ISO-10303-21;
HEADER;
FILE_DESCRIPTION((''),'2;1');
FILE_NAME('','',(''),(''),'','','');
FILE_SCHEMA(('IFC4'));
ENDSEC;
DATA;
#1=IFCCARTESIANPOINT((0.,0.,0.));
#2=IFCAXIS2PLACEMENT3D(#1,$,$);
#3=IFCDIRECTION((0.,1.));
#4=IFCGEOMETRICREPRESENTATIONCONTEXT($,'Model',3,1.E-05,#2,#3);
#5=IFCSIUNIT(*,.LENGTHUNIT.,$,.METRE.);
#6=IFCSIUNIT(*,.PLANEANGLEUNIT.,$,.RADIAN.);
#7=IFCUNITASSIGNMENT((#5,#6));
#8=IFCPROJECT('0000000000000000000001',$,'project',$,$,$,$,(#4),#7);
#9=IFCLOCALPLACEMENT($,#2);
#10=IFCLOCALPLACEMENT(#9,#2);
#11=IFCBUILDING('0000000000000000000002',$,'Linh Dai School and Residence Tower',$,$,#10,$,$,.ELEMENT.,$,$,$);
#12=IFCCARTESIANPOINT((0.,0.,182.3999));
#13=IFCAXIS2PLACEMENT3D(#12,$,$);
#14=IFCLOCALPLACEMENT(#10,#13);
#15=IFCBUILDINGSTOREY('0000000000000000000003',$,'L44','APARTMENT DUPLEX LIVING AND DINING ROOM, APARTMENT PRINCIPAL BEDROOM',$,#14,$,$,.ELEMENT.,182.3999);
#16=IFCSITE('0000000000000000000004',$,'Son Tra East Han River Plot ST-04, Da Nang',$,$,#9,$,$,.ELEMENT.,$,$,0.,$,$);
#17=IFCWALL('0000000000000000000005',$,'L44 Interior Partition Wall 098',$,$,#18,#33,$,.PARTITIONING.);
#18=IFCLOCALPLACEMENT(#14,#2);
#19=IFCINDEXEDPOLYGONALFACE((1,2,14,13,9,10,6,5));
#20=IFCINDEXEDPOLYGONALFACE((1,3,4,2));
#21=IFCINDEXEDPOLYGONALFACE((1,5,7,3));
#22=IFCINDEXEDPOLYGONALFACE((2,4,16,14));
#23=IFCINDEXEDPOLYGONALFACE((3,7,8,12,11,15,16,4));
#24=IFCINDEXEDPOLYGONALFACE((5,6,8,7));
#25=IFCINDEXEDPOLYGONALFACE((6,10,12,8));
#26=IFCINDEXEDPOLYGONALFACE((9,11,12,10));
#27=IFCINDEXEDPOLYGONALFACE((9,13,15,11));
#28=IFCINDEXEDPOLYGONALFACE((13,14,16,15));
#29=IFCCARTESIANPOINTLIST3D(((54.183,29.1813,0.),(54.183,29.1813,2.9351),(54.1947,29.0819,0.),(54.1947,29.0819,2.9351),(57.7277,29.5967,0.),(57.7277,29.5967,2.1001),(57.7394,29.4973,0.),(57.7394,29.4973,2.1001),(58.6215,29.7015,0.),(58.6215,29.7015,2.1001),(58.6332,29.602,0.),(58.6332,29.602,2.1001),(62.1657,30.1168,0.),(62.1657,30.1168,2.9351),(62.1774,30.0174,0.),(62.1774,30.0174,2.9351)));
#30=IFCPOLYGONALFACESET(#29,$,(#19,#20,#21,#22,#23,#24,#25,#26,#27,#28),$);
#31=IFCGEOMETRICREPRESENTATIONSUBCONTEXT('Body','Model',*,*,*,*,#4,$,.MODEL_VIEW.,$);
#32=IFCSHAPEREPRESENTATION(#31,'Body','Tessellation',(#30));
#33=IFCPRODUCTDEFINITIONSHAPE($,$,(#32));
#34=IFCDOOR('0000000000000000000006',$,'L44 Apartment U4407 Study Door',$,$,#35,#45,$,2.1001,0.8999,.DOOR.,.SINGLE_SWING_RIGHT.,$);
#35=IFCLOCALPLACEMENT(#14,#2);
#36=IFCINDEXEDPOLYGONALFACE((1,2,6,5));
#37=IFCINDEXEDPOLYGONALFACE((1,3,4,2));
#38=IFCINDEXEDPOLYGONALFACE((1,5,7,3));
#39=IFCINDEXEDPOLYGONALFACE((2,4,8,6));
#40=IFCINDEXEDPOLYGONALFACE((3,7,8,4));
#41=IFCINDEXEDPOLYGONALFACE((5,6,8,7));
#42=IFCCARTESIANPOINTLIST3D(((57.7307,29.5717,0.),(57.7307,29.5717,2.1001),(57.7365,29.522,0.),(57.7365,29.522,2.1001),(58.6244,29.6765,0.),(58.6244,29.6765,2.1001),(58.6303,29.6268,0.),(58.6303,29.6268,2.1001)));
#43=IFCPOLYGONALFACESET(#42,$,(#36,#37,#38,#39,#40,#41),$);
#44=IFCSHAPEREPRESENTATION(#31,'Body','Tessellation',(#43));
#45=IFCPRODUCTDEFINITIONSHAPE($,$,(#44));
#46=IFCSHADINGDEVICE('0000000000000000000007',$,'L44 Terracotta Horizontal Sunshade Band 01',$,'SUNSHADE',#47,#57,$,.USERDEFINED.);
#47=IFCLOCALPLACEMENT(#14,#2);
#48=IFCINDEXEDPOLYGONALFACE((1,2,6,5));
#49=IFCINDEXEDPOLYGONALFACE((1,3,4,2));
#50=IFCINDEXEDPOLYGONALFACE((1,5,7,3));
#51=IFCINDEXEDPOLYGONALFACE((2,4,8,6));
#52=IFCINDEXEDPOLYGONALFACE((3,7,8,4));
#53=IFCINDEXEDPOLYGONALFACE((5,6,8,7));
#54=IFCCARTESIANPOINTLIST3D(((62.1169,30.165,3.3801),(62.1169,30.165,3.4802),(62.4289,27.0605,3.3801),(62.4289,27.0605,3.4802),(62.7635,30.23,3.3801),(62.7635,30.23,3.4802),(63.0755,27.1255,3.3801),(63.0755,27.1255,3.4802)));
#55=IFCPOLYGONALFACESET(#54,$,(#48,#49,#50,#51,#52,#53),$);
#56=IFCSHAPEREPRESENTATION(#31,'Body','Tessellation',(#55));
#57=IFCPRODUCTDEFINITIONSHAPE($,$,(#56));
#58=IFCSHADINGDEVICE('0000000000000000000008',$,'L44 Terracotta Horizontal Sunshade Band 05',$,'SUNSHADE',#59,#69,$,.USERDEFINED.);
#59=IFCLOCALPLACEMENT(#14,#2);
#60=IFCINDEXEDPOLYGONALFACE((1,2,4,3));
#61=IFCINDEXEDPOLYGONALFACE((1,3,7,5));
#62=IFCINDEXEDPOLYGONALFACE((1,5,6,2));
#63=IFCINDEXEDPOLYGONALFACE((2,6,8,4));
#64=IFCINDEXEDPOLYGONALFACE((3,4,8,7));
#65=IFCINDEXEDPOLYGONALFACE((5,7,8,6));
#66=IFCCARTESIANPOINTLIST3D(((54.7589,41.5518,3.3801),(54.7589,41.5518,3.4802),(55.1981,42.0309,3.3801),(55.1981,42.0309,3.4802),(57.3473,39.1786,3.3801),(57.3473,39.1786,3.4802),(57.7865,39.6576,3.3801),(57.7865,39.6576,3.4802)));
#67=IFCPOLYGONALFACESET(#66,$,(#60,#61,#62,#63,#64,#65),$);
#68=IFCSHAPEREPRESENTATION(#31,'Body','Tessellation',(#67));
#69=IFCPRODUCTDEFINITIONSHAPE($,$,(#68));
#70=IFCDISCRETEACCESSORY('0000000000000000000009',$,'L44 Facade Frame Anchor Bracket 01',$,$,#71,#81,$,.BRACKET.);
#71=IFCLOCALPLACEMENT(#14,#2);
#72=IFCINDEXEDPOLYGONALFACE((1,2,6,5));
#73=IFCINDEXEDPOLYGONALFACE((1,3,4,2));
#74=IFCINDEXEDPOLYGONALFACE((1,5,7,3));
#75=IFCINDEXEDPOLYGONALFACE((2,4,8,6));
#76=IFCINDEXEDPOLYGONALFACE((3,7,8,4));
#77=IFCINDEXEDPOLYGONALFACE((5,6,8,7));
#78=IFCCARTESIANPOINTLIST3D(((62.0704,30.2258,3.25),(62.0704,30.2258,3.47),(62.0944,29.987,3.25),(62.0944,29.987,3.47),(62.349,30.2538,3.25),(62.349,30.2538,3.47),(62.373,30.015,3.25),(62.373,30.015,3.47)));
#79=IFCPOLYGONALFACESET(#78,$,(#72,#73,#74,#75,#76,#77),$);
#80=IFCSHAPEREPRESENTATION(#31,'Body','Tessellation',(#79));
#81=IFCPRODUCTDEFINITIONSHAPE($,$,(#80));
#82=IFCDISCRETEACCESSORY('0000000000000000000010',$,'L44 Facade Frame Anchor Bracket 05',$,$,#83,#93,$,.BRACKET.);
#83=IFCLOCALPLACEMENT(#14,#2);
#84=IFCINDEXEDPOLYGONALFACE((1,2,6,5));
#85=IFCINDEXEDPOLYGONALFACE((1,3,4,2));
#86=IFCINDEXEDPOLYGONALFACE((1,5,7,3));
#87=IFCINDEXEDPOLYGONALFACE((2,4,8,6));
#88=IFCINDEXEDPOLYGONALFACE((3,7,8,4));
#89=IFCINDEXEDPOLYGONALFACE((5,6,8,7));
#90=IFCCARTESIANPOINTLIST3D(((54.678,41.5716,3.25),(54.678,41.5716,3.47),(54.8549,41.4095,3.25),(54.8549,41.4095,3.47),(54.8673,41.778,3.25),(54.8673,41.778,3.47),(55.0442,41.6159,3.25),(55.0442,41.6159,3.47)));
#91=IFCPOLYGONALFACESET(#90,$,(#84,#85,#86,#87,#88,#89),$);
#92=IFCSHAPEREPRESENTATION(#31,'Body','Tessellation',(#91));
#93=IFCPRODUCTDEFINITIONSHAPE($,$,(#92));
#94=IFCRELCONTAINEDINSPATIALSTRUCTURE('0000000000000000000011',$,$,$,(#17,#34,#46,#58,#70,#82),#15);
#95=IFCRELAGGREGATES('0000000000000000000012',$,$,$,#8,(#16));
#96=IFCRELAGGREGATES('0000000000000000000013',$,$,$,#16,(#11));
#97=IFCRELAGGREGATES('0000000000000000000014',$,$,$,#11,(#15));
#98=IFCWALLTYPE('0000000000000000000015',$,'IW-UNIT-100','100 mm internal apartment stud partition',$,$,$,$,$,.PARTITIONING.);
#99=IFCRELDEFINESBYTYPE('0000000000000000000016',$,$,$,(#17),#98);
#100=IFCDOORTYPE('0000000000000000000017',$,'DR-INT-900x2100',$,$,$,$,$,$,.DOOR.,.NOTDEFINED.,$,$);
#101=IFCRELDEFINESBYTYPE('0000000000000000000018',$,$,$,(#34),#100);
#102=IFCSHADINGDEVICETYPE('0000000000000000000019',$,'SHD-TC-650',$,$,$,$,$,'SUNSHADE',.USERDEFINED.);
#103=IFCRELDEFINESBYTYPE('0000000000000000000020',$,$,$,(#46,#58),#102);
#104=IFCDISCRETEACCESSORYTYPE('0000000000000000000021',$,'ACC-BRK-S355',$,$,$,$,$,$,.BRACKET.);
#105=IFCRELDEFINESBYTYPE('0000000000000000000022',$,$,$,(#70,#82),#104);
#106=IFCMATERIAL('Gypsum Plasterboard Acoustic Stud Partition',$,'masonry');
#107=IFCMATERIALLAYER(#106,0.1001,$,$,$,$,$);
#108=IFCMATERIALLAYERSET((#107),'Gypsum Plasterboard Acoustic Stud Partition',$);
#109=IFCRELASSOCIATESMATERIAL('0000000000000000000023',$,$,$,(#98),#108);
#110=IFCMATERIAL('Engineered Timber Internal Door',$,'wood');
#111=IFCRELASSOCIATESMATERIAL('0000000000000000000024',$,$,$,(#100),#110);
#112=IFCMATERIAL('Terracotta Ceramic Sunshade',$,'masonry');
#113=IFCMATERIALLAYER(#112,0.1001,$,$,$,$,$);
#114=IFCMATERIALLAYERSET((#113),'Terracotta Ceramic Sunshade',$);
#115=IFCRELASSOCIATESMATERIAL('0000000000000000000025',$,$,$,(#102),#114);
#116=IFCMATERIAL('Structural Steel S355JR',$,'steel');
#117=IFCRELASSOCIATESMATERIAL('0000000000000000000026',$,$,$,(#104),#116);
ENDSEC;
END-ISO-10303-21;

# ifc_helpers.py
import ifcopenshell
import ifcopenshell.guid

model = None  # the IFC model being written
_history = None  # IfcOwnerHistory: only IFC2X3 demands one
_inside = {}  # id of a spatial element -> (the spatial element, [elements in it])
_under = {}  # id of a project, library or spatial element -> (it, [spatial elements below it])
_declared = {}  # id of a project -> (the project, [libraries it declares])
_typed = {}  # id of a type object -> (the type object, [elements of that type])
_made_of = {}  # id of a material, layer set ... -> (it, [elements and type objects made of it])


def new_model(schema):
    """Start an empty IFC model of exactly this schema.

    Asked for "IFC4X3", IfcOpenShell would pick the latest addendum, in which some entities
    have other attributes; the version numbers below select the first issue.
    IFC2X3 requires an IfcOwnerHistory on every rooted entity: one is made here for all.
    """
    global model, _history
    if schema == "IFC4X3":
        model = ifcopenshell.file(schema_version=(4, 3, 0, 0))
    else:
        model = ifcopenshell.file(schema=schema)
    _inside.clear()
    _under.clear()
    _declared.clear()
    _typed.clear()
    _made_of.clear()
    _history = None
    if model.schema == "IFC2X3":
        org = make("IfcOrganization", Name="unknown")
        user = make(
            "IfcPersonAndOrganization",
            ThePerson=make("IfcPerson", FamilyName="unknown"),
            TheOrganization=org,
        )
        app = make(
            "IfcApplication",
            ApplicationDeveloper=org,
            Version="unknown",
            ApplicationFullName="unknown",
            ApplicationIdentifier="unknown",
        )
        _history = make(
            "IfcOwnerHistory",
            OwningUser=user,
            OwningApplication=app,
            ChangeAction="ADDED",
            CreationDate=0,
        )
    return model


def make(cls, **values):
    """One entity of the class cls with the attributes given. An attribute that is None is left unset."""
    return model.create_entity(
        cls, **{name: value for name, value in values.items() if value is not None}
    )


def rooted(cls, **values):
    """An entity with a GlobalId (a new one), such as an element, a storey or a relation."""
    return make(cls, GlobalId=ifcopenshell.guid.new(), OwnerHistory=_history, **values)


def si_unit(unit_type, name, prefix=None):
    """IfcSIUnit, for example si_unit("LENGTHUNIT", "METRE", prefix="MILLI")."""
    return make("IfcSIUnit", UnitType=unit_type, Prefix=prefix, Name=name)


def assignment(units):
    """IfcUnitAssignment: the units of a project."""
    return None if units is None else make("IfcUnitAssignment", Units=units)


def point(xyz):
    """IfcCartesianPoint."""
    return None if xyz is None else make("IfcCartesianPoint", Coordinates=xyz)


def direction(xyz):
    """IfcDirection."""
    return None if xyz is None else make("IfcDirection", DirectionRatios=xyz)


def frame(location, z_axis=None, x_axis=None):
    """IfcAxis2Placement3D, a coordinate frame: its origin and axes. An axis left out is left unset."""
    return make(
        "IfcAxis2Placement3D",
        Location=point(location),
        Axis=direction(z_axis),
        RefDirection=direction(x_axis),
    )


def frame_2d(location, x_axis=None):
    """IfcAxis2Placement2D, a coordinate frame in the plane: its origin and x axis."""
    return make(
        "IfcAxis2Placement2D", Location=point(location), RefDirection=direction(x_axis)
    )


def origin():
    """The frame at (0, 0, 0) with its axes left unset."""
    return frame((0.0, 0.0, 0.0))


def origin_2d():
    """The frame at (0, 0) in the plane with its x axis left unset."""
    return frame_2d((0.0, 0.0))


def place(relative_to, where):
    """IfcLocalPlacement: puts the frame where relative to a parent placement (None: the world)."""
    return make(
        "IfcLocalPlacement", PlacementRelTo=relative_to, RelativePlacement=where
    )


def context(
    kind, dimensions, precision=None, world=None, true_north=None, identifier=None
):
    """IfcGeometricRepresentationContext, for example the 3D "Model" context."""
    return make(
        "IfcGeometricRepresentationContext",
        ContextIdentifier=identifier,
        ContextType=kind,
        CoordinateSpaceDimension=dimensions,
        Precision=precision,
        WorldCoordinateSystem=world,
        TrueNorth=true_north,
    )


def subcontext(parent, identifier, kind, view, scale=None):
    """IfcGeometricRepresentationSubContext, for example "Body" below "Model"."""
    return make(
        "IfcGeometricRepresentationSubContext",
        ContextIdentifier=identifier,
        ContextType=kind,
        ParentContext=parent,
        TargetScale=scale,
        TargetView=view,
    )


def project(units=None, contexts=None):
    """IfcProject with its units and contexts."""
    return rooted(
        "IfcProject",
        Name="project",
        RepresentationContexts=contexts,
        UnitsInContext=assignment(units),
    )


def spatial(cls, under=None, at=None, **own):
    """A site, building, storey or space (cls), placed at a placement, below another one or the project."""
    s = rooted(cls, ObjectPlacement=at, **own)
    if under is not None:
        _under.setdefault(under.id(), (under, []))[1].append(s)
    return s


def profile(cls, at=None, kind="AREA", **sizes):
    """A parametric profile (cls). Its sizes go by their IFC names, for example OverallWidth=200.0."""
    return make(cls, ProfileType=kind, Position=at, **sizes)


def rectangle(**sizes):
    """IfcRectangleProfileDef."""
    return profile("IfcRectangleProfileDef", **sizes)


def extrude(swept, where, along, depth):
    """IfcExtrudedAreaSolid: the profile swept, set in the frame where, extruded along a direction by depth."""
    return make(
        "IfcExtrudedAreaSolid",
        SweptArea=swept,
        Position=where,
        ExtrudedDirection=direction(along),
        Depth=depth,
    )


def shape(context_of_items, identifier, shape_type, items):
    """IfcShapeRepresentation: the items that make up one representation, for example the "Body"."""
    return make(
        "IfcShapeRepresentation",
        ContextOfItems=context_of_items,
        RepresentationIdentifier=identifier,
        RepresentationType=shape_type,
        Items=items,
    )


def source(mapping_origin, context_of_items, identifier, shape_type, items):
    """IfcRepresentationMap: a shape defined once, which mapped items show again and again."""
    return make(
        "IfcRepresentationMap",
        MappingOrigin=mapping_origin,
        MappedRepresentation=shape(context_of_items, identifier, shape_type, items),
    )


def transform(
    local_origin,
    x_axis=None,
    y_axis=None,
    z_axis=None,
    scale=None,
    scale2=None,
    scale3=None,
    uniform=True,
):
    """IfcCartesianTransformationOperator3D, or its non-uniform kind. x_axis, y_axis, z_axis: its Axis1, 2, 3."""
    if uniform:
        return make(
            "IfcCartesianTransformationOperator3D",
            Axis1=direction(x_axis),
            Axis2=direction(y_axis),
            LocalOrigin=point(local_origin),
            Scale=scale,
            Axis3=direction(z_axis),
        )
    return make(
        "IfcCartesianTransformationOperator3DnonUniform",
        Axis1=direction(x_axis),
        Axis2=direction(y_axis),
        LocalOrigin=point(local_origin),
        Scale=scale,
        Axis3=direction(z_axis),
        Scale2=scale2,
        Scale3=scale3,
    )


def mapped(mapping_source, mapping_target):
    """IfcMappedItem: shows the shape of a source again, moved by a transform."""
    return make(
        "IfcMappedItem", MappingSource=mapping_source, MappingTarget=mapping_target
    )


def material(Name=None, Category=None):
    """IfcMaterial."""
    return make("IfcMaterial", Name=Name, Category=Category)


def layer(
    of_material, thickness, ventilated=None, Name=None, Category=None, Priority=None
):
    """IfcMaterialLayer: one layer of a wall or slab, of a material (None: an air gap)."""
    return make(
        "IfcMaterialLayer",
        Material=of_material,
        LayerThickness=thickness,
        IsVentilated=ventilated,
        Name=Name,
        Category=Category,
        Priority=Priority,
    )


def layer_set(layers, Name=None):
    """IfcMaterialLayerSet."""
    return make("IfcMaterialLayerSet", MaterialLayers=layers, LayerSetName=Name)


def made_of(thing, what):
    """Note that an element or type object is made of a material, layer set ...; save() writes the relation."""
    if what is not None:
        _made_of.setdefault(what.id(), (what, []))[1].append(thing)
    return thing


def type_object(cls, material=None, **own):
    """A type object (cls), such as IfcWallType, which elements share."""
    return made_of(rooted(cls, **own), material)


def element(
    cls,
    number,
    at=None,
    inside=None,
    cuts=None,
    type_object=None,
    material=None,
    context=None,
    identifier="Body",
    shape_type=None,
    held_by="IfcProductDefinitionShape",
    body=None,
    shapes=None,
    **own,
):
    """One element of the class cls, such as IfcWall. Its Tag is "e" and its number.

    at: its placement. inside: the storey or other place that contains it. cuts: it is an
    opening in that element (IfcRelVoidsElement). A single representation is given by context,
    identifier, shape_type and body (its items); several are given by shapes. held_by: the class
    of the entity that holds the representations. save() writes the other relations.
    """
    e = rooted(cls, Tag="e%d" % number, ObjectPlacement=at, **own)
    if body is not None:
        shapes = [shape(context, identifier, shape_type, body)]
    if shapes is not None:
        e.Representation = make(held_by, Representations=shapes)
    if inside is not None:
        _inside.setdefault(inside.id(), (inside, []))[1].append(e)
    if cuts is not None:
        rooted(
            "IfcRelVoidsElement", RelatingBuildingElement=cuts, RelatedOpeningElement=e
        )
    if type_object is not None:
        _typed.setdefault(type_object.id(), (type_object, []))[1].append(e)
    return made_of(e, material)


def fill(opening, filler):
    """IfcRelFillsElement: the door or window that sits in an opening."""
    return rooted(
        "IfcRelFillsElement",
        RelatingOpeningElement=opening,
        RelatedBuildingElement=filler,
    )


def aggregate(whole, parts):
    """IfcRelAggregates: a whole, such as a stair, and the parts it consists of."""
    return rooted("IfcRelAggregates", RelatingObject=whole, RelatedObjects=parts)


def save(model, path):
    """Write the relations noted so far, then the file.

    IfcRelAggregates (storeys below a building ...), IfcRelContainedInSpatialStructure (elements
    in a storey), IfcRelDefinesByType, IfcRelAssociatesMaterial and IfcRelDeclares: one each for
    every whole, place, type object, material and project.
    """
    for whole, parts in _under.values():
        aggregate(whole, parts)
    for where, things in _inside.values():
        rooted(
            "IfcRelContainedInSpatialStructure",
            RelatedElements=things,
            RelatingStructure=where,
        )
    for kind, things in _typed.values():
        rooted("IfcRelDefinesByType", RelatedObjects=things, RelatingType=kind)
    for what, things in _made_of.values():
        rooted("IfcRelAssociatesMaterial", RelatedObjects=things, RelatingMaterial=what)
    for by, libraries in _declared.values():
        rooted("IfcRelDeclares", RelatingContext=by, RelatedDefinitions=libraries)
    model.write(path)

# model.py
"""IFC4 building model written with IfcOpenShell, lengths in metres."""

from ifc_helpers import new_model, si_unit, direction, frame, frame_2d, origin, origin_2d, place, context, subcontext, project, spatial, rectangle, extrude, source, transform, mapped, material, layer, layer_set, type_object, element, fill, save


model = new_model("IFC4")

# Units and contexts
model_context = context("Model", 3, precision=1e-05, world=origin(), true_north=direction((0.0, 1.0)))
body_context = subcontext(model_context, "Body", "Model", "MODEL_VIEW")
ifc_project = project(units=[si_unit("LENGTHUNIT", "METRE"), si_unit("PLANEANGLEUNIT", "RADIAN")], contexts=[model_context])

# Site, building, storey
site_placement = place(None, origin())
site = spatial("IfcSite", under=ifc_project, at=site_placement, Name="Son Tra East Han River Plot ST-04, Da Nang", CompositionType="ELEMENT", RefElevation=0.0)
building_placement = place(site_placement, origin())
building = spatial("IfcBuilding", under=site, at=building_placement, Name="Linh Dai School and Residence Tower", CompositionType="ELEMENT")
storey_placement = place(building_placement, frame((0.0, 0.0, 182.3999)))
storey = spatial("IfcBuildingStorey", under=building, at=storey_placement, Name="L44", Description="APARTMENT DUPLEX LIVING AND DINING ROOM, APARTMENT PRINCIPAL BEDROOM", CompositionType="ELEMENT", Elevation=182.3999)

# Shared definitions
ifc_material_1 = material(Name="Structural Steel S355JR", Category="steel")

# Shared definitions
ifc_material_2 = material(Name="Gypsum Plasterboard Acoustic Stud Partition", Category="masonry")
ifc_layer_1 = layer(ifc_material_2, 0.1001)
ifc_layer_set_1 = layer_set([ifc_layer_1], Name="Gypsum Plasterboard Acoustic Stud Partition")
wall_type_1 = type_object("IfcWallType", Name="IW-UNIT-100", Description="100 mm internal apartment stud partition", PredefinedType="PARTITIONING", material=ifc_layer_set_1)

# Wall, opening, door
wall_1_placement = place(storey_placement, frame((54.189, 29.1316, 0.0), z_axis=(0.0, 0.0, 1.0), x_axis=(0.993202, 0.116401, 0.0)))
wall_1 = element("IfcWall", 1, at=wall_1_placement, inside=storey, type_object=wall_type_1, Name="L44 Interior Partition Wall 098", PredefinedType="PARTITIONING", context=body_context, shape_type="SweptSolid", body=[
    extrude(rectangle(XDim=8.0374, YDim=0.1001, at=frame_2d((4.0186, 0.0))), origin(), (0.0, 0.0, 1.0), 2.9351),
])
opening_1_placement = place(wall_1_placement, frame((3.5688, 0.0, 0.0)))
opening_1 = element("IfcOpeningElement", 2, at=opening_1_placement, cuts=wall_1, PredefinedType="OPENING", context=body_context, shape_type="SweptSolid", body=[
    extrude(rectangle(XDim=0.8999, YDim=2.1001, at=origin_2d()), frame((0.45, 0.0601, 1.05), z_axis=(0.0, -1.0, 0.0), x_axis=(1.0, 0.0, 0.0)), (0.0, 0.0, 1.0), 0.1201),
])
ifc_material_3 = material(Name="Engineered Timber Internal Door", Category="wood")
door_type = type_object("IfcDoorType", Name="DR-INT-900x2100", OperationType="NOTDEFINED", PredefinedType="DOOR", material=ifc_material_3)
shared_shape_1 = source(origin(), body_context, "Body", "SweptSolid", [
    extrude(rectangle(XDim=0.8999, YDim=2.1001, at=origin_2d()), frame((0.45, 0.0249, 1.05), z_axis=(0.0, -1.0, 0.0), x_axis=(1.0, 0.0, 0.0)), (0.0, 0.0, 1.0), 0.05),
])
door_placement = place(opening_1_placement, origin())
door = element("IfcDoor", 3, at=door_placement, inside=storey, type_object=door_type, Name="L44 Apartment U4407 Study Door", OperationType="SINGLE_SWING_RIGHT", OverallHeight=2.1001, OverallWidth=0.8999, PredefinedType="DOOR", context=body_context, shape_type="MappedRepresentation", body=[
    mapped(shared_shape_1, transform((0.0, 0.0, 0.0), x_axis=(1.0, 0.0, 0.0), y_axis=(0.0, 1.0, 0.0), z_axis=(0.0, 0.0, 1.0), scale=1.0)),
])
fill(opening_1, door)

# Shading devices
ifc_material_4 = material(Name="Terracotta Ceramic Sunshade", Category="masonry")
ifc_layer_2 = layer(ifc_material_4, 0.1001)
ifc_layer_set_2 = layer_set([ifc_layer_2], Name="Terracotta Ceramic Sunshade")
shading_device_type = type_object("IfcShadingDeviceType", Name="SHD-TC-650", ElementType="SUNSHADE", PredefinedType="USERDEFINED", material=ifc_layer_set_2)
shared_shape_2 = source(origin(), body_context, "Body", "SweptSolid", [
    extrude(rectangle(XDim=3.1201, YDim=0.6499, at=origin_2d()), origin(), (0.0, 0.0, 1.0), 0.1001),
])
shading_device_1_placement = place(storey_placement, frame((62.5962, 28.6453, 3.3801), z_axis=(0.0, 0.0, 1.0), x_axis=(0.100002, -0.994987, 0.0)))
element("IfcShadingDevice", 4, at=shading_device_1_placement, inside=storey, type_object=shading_device_type, Name="L44 Terracotta Horizontal Sunshade Band 01", ObjectType="SUNSHADE", PredefinedType="USERDEFINED", context=body_context, shape_type="MappedRepresentation", body=[
    mapped(shared_shape_2, transform((0.0, 0.0, 0.0), x_axis=(1.0, 0.0, 0.0), y_axis=(0.0, 1.0, 0.0), z_axis=(0.0, 0.0, 1.0), scale=1.0)),
])
shared_shape_3 = source(origin(), body_context, "Body", "SweptSolid", [
    extrude(rectangle(XDim=3.5117, YDim=0.6499, at=origin_2d()), origin(), (0.0, 0.0, 1.0), 0.1001),
])
shading_device_2_placement = place(storey_placement, frame((56.2727, 40.6047, 3.3801), z_axis=(0.0, 0.0, 1.0), x_axis=(0.737085, -0.6758, 0.0)))
element("IfcShadingDevice", 5, at=shading_device_2_placement, inside=storey, type_object=shading_device_type, Name="L44 Terracotta Horizontal Sunshade Band 05", ObjectType="SUNSHADE", PredefinedType="USERDEFINED", context=body_context, shape_type="MappedRepresentation", body=[
    mapped(shared_shape_3, transform((0.0, 0.0, 0.0), x_axis=(1.0, 0.0, 0.0), y_axis=(0.0, 1.0, 0.0), z_axis=(0.0, 0.0, 1.0), scale=1.0)),
])

# Discrete accessories
discrete_accessory_type = type_object("IfcDiscreteAccessoryType", Name="ACC-BRK-S355", PredefinedType="BRACKET", material=ifc_material_1)
shared_shape_4 = source(origin(), body_context, "Body", "SweptSolid", [
    extrude(rectangle(XDim=0.28, YDim=0.24, at=origin_2d()), origin(), (0.0, 0.0, 1.0), 0.22),
])
for number, where, z_axis, x_axis, name in (
    (6, (62.2217, 30.1204, 3.25), (0.0, 0.0, 1.0), (0.994987, 0.100002, 0.0), "L44 Facade Frame Anchor Bracket 01"),
    (7, (54.8611, 41.5938, 3.25), (0.0, 0.0, 1.0), (0.6758, 0.737085, 0.0), "L44 Facade Frame Anchor Bracket 05"),
):
    element("IfcDiscreteAccessory", number, at=place(storey_placement, frame(where, z_axis=z_axis, x_axis=x_axis)), inside=storey, type_object=discrete_accessory_type, Name=name, PredefinedType="BRACKET", context=body_context, shape_type="MappedRepresentation", body=[
        mapped(shared_shape_4, transform((0.0, 0.0, 0.0), x_axis=(1.0, 0.0, 0.0), y_axis=(0.0, 1.0, 0.0), z_axis=(0.0, 0.0, 1.0), scale=1.0)),
    ])

save(model, "model.ifc")
